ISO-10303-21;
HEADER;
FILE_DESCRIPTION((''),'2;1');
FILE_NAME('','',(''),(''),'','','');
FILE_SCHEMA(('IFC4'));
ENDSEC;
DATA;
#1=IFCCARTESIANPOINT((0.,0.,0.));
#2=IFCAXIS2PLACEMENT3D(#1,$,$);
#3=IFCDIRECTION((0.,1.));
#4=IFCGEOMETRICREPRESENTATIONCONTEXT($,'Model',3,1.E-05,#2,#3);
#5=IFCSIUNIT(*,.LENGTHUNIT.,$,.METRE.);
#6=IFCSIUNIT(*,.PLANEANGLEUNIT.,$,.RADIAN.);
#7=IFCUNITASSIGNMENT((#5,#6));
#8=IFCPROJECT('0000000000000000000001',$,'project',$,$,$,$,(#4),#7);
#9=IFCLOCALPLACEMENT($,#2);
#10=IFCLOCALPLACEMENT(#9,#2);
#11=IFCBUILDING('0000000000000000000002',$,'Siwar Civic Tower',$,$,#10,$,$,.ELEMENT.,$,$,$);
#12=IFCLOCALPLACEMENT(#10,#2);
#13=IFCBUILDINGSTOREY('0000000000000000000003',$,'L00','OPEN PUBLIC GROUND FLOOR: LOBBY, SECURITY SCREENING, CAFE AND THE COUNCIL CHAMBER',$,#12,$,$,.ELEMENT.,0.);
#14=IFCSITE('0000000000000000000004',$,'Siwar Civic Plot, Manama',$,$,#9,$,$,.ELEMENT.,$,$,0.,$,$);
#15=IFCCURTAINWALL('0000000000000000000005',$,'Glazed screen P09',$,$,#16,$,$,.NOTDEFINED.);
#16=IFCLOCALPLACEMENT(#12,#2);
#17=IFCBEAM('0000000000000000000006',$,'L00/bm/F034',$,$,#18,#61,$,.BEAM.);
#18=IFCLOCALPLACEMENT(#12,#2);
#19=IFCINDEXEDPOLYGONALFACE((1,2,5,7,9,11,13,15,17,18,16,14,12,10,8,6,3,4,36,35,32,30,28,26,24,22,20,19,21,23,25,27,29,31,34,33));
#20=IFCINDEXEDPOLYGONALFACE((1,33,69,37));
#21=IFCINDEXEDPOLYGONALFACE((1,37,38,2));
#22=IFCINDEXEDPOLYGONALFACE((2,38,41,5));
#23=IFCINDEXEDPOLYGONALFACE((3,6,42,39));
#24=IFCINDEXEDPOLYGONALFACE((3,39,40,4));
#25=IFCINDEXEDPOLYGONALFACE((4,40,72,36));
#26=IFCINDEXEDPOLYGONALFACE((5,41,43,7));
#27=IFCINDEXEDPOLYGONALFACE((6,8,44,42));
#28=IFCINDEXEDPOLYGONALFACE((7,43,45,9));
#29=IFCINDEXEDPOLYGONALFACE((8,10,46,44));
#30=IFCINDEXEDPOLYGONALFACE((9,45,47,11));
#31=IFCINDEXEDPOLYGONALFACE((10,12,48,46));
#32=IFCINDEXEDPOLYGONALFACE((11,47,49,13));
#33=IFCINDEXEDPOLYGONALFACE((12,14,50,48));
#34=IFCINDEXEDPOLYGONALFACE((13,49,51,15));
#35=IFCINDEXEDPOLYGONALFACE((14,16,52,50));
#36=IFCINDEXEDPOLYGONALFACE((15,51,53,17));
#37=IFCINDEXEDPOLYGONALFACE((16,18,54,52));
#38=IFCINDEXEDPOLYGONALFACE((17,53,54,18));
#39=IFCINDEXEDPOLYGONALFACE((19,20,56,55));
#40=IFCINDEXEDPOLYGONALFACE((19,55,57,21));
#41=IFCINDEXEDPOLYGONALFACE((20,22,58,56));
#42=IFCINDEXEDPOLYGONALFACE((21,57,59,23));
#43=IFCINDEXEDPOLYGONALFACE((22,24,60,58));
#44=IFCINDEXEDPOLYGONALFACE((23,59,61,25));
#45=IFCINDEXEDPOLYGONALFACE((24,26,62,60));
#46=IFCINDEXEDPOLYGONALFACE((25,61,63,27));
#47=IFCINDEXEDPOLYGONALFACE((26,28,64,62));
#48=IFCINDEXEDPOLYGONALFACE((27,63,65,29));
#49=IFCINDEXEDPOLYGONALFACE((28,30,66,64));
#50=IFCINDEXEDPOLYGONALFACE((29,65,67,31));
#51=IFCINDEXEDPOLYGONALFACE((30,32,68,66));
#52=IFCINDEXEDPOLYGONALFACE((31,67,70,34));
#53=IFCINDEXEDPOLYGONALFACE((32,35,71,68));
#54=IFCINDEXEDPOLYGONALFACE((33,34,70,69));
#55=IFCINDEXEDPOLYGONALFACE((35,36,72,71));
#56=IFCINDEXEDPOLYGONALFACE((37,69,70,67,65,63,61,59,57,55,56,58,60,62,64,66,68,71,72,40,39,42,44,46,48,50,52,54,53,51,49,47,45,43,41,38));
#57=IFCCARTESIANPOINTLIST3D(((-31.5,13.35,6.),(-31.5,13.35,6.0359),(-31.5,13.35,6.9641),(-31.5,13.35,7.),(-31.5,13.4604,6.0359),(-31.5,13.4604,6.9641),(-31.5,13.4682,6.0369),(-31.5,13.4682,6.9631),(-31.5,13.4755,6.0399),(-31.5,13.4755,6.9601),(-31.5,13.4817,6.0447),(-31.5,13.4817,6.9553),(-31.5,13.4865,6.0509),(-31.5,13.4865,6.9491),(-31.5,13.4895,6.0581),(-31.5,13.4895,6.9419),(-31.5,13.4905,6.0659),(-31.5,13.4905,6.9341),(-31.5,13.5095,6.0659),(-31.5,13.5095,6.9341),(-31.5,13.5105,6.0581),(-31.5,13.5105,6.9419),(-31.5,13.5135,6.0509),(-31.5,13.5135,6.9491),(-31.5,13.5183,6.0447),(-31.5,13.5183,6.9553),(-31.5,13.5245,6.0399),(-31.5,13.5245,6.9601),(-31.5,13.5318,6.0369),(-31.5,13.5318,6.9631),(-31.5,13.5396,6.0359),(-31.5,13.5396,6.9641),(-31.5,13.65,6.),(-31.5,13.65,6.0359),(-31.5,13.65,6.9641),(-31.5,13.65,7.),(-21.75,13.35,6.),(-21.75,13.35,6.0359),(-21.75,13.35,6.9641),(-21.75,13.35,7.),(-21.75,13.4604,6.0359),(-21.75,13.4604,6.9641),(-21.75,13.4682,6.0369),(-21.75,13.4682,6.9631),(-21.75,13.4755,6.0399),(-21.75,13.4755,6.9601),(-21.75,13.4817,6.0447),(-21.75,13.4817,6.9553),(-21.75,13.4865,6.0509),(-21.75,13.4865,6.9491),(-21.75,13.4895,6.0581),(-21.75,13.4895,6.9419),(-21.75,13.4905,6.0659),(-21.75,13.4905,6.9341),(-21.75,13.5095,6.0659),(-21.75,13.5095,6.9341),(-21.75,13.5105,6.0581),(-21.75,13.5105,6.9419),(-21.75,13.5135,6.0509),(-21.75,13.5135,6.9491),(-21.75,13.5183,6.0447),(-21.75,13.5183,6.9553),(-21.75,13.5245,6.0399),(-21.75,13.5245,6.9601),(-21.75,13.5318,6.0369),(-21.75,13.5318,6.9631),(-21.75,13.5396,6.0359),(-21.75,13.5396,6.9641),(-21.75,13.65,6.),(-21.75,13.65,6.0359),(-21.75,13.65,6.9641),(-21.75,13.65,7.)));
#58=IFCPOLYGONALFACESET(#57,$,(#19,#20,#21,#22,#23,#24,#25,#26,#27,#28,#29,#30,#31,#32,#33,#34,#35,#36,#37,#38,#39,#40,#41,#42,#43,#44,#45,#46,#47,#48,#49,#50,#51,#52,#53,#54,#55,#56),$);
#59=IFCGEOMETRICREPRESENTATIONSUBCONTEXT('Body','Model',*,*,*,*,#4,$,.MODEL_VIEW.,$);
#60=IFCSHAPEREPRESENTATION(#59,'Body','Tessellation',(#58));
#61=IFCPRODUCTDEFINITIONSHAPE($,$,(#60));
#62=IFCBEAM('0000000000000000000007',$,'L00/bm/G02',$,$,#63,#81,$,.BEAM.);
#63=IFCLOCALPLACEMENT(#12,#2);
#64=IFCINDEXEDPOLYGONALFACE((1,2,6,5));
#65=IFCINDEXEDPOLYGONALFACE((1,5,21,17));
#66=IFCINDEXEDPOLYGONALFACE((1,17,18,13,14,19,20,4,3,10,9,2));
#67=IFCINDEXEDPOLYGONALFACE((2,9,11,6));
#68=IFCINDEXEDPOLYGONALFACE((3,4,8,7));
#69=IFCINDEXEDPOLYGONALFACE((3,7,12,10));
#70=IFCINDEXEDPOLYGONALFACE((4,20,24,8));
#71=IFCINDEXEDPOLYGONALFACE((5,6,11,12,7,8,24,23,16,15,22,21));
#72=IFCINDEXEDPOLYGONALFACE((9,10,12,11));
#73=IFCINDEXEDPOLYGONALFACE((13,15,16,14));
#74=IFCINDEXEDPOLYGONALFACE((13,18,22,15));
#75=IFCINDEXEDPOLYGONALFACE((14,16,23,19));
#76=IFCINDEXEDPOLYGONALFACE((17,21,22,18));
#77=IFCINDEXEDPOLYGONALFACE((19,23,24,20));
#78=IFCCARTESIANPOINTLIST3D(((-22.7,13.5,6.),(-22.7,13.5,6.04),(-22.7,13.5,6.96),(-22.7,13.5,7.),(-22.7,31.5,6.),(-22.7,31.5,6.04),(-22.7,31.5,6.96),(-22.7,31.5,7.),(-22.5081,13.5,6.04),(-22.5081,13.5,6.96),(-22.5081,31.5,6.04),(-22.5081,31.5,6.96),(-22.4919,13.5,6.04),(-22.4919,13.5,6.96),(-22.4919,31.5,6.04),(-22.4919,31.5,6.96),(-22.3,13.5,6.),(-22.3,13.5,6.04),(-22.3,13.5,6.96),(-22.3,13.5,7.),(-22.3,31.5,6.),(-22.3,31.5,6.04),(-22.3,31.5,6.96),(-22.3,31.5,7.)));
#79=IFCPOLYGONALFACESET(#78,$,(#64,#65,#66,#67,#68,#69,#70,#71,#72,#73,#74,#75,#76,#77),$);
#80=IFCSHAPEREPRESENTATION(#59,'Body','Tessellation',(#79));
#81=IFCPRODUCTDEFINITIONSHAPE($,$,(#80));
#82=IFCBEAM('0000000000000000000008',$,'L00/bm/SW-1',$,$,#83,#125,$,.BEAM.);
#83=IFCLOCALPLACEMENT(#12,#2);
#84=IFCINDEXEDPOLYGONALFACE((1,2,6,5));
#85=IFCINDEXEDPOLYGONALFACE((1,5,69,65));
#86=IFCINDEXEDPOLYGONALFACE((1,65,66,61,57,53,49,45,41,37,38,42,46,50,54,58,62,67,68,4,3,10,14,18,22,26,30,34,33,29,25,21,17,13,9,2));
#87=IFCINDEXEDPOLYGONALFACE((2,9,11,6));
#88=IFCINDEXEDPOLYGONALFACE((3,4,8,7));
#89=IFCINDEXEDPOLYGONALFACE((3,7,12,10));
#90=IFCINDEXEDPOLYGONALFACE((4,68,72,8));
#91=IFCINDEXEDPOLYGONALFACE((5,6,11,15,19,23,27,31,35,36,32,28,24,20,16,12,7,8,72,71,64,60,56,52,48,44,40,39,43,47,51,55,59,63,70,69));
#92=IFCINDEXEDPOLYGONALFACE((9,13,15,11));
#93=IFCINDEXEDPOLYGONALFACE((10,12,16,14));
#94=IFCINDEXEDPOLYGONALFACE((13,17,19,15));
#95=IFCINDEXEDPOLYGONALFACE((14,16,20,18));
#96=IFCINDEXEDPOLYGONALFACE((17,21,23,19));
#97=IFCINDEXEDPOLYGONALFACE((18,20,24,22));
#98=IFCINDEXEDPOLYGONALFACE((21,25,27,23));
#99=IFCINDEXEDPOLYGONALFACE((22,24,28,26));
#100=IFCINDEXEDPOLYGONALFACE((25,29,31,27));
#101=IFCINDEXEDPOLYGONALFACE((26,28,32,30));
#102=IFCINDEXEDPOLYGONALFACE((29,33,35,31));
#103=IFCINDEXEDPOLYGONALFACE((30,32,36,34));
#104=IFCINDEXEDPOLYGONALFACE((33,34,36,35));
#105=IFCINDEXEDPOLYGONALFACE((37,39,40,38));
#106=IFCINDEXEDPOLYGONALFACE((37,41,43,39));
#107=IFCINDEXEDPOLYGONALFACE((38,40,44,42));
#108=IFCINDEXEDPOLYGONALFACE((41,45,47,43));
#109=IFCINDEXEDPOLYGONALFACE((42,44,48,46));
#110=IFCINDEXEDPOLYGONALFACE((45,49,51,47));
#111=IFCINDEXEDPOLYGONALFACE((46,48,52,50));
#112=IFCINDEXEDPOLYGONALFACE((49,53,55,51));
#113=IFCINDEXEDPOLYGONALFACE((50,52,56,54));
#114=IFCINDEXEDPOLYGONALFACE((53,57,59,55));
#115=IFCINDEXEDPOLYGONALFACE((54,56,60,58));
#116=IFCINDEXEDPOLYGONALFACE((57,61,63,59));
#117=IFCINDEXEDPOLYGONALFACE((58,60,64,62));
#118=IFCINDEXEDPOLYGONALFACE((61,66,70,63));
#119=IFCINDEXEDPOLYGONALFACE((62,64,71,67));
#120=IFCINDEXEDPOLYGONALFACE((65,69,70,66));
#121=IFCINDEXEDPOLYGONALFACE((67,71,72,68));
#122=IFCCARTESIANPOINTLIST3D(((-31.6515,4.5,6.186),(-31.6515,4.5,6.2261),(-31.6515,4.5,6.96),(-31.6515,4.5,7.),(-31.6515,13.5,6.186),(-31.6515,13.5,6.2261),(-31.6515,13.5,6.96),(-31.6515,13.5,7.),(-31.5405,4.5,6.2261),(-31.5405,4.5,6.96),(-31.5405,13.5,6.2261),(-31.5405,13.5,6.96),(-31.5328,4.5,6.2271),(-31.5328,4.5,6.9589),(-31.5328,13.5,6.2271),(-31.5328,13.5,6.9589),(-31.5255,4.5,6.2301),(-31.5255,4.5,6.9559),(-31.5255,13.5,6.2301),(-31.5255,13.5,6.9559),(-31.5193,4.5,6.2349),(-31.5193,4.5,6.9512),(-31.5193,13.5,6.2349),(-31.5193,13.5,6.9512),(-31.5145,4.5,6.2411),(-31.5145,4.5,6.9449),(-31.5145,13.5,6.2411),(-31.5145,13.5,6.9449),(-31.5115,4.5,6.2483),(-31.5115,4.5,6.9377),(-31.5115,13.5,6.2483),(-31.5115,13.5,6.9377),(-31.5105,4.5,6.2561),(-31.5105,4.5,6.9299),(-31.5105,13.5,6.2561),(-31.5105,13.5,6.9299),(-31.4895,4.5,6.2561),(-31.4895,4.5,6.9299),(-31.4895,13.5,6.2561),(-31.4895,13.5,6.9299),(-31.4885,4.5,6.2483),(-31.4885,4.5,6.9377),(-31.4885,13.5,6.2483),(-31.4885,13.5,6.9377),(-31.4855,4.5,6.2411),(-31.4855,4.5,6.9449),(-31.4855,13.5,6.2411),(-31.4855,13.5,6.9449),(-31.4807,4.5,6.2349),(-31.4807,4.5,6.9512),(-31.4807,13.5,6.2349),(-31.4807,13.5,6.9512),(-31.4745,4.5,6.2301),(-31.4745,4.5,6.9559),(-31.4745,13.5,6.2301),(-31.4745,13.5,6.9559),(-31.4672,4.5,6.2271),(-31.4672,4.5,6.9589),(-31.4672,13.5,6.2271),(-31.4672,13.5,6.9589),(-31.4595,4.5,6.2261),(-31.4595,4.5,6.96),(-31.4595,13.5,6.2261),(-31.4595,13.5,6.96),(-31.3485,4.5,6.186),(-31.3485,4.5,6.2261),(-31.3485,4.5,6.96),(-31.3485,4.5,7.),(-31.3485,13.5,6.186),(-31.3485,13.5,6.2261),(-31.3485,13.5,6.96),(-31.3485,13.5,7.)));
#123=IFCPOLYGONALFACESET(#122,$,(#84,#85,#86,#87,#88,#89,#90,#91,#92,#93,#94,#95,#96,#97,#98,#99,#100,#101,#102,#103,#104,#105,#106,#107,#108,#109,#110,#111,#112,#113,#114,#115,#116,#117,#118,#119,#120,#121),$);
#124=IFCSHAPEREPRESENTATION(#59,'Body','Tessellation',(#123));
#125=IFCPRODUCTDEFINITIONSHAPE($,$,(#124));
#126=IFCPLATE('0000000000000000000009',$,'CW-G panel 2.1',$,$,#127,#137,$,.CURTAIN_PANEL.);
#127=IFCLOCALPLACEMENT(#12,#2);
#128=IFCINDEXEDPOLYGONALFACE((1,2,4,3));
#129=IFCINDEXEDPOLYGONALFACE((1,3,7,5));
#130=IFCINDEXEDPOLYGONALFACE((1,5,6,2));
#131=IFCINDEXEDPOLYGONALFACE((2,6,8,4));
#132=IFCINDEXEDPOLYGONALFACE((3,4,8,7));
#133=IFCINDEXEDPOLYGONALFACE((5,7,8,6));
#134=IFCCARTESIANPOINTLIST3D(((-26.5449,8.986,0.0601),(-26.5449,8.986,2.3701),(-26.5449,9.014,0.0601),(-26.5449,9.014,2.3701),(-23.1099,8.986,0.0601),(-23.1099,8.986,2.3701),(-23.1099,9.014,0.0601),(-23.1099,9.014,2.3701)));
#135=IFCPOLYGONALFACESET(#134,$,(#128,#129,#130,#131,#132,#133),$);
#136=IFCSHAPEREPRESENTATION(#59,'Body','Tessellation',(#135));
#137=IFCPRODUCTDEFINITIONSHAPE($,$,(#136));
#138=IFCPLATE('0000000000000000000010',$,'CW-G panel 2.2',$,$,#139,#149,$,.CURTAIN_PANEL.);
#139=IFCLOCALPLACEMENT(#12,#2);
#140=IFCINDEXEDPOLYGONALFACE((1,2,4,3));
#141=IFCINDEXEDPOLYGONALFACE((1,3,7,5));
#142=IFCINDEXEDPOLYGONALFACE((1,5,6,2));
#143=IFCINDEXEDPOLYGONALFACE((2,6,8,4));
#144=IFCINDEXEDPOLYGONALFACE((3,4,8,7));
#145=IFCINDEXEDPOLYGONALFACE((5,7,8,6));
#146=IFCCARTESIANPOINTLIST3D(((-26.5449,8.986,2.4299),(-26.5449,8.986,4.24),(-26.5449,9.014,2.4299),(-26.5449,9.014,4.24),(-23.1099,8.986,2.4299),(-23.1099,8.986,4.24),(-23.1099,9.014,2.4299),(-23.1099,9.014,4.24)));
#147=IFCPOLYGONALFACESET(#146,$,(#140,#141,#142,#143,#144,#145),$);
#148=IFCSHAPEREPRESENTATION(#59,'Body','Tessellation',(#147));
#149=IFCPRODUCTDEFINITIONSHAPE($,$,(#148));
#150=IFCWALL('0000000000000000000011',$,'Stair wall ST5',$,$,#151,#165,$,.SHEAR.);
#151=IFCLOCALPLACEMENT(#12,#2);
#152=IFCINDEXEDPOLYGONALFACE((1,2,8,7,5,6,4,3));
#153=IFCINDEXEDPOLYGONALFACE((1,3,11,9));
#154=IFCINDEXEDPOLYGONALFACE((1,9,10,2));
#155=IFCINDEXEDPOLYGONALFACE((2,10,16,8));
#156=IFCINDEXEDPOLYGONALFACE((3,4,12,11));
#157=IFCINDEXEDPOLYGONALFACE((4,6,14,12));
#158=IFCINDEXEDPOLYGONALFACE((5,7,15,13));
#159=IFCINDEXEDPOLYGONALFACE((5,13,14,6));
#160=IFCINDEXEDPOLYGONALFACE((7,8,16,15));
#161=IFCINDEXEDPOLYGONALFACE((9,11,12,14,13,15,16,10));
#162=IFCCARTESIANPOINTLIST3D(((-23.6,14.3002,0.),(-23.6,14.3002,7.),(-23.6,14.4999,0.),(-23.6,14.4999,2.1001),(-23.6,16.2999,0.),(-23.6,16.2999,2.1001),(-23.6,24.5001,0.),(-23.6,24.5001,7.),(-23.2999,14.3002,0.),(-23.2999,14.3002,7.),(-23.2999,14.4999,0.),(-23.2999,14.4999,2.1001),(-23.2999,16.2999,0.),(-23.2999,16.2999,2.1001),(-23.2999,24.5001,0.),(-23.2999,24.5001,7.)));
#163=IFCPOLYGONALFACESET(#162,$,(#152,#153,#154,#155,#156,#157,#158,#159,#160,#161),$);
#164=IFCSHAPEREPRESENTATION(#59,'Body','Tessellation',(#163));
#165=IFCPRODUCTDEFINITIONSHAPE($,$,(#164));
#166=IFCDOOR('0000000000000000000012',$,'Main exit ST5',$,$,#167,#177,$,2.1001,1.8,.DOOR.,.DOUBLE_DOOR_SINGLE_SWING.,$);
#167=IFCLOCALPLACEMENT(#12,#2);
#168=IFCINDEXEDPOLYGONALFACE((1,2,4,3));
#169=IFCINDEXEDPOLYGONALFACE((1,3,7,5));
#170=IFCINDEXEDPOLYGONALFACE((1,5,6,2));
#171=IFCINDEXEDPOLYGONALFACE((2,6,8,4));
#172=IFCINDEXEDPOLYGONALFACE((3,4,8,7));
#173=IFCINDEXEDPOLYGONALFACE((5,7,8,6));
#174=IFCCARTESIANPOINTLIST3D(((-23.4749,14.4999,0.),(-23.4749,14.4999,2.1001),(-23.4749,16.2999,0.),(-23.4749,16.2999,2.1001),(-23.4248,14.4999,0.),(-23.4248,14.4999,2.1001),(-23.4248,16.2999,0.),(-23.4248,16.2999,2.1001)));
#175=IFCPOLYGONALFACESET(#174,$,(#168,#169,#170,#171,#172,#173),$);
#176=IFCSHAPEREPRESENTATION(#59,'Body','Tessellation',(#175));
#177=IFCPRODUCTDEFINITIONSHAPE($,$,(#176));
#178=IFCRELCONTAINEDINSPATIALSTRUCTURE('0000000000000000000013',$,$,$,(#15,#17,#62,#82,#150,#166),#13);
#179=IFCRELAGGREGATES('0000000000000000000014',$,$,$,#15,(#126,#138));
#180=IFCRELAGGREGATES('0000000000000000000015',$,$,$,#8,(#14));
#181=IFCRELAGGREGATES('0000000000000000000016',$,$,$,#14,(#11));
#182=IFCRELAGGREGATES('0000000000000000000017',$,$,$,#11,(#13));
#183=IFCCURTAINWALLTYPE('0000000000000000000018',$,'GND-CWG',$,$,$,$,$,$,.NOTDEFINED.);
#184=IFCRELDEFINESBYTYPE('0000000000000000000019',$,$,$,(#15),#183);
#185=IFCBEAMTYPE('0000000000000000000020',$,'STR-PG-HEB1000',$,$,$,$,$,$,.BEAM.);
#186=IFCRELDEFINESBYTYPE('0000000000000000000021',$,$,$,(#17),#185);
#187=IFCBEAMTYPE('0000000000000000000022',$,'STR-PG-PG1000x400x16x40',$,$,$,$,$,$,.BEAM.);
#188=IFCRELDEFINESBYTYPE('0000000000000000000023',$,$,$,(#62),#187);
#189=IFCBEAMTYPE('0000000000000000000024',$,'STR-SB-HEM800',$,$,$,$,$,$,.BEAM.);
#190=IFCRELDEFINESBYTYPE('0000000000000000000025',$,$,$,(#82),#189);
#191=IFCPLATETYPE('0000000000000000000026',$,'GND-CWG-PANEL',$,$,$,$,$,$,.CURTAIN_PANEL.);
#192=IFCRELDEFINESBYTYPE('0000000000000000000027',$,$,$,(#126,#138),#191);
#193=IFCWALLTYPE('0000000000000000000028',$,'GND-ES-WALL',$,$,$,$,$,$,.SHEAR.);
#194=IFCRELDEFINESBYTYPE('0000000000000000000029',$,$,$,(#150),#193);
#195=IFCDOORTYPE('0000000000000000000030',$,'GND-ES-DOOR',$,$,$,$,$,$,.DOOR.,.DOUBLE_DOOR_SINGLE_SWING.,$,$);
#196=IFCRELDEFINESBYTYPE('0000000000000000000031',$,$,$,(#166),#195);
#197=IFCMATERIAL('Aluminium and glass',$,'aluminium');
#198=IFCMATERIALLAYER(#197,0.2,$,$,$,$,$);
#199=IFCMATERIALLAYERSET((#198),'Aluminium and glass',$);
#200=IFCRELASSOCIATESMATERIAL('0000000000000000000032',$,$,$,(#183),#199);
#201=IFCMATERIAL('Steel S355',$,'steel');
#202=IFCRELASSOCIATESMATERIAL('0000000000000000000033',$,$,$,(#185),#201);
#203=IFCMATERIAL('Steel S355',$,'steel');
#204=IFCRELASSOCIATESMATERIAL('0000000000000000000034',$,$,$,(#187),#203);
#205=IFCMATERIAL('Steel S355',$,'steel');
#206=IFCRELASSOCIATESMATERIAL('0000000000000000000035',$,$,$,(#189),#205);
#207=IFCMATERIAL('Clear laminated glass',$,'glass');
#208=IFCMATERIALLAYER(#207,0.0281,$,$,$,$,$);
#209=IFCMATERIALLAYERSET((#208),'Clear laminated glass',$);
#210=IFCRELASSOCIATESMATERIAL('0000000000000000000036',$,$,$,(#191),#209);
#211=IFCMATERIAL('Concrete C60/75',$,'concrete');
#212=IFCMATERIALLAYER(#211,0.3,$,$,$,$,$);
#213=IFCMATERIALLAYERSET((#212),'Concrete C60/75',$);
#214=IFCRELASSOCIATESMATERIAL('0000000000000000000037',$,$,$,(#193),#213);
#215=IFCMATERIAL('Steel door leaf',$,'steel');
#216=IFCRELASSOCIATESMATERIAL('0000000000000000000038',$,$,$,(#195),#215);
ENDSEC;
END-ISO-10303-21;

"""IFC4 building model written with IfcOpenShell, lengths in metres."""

from ifc_helpers import new_model, si_unit, direction, frame, frame_2d, origin, origin_2d, place, context, subcontext, project, spatial, rectangle, i_section, extrude, material, layer, layer_set, material_profile, profile_set, type_object, element, fill, aggregate, save


model = new_model("IFC4")

# Units and contexts
model_context = context("Model", 3, precision=1e-05, world=origin(), true_north=direction((0.0, 1.0)))
body_context = subcontext(model_context, "Body", "Model", "MODEL_VIEW")
ifc_project = project(units=[si_unit("LENGTHUNIT", "METRE"), si_unit("PLANEANGLEUNIT", "RADIAN")], contexts=[model_context])

# Site, building, storey
site_placement = place(None, origin())
site = spatial("IfcSite", under=ifc_project, at=site_placement, Name="Siwar Civic Plot, Manama", CompositionType="ELEMENT", RefElevation=0.0)
building_placement = place(site_placement, origin())
building = spatial("IfcBuilding", under=site, at=building_placement, Name="Siwar Civic Tower", CompositionType="ELEMENT")
storey_placement = place(building_placement, origin())
storey = spatial("IfcBuildingStorey", under=building, at=storey_placement, Name="L00", Description="OPEN PUBLIC GROUND FLOOR: LOBBY, SECURITY SCREENING, CAFE AND THE COUNCIL CHAMBER", CompositionType="ELEMENT", Elevation=0.0)

# Curtain wall
ifc_material_1 = material(Name="Aluminium and glass", Category="aluminium")
ifc_layer_1 = layer(ifc_material_1, 0.2)
ifc_layer_set_1 = layer_set([ifc_layer_1], Name="Aluminium and glass")
curtain_wall_type = type_object("IfcCurtainWallType", Name="GND-CWG", PredefinedType="NOTDEFINED", material=ifc_layer_set_1)
curtain_wall_placement = place(storey_placement, origin())
curtain_wall = element("IfcCurtainWall", 1, at=curtain_wall_placement, inside=storey, type_object=curtain_wall_type, Name="Glazed screen P09", PredefinedType="NOTDEFINED")

# Beams
ifc_material_2 = material(Name="Steel S355", Category="steel")
ifc_material_profile_1 = material_profile(ifc_material_2, i_section(OverallWidth=0.3, OverallDepth=1.0, WebThickness=0.019, FlangeThickness=0.0359, FilletRadius=0.03, at=origin_2d()), Name="HEB1000")
ifc_profile_set_1 = profile_set([ifc_material_profile_1], Name="Steel S355")
beam_type_1 = type_object("IfcBeamType", Name="STR-PG-HEB1000", PredefinedType="BEAM", material=ifc_profile_set_1)
beam_1_placement = place(storey_placement, frame((-31.5, 13.5, 6.5), z_axis=(1.0, 0.0, 0.0), x_axis=(0.0, 1.0, 0.0)))
element("IfcBeam", 2, at=beam_1_placement, inside=storey, type_object=beam_type_1, Name="L00/bm/F034", PredefinedType="BEAM", context=body_context, shape_type="SweptSolid", body=[
    extrude(i_section(OverallWidth=0.3, OverallDepth=1.0, WebThickness=0.019, FlangeThickness=0.0359, FilletRadius=0.03, at=origin_2d()), origin(), (0.0, 0.0, 1.0), 9.75),
])
ifc_material_3 = material(Name="Steel S355", Category="steel")
ifc_material_profile_2 = material_profile(ifc_material_3, i_section(OverallWidth=0.3999, OverallDepth=1.0, WebThickness=0.0161, FlangeThickness=0.04, at=origin_2d()), Name="PG1000x400x16x40")
ifc_profile_set_2 = profile_set([ifc_material_profile_2], Name="Steel S355")
beam_type_2 = type_object("IfcBeamType", Name="STR-PG-PG1000x400x16x40", PredefinedType="BEAM", material=ifc_profile_set_2)
beam_2_placement = place(storey_placement, frame((-22.5, 13.5, 6.5), z_axis=(0.0, 1.0, 0.0), x_axis=(-1.0, 0.0, 0.0)))
element("IfcBeam", 3, at=beam_2_placement, inside=storey, type_object=beam_type_2, Name="L00/bm/G02", PredefinedType="BEAM", context=body_context, shape_type="SweptSolid", body=[
    extrude(i_section(OverallWidth=0.3999, OverallDepth=1.0, WebThickness=0.0161, FlangeThickness=0.04, at=origin_2d()), origin(), (0.0, 0.0, 1.0), 18.0),
])
ifc_material_4 = material(Name="Steel S355", Category="steel")
ifc_material_profile_3 = material_profile(ifc_material_4, i_section(OverallWidth=0.303, OverallDepth=0.814, WebThickness=0.021, FlangeThickness=0.04, FilletRadius=0.03, at=origin_2d()), Name="HEM800")
ifc_profile_set_3 = profile_set([ifc_material_profile_3], Name="Steel S355")
beam_type_3 = type_object("IfcBeamType", Name="STR-SB-HEM800", PredefinedType="BEAM", material=ifc_profile_set_3)
beam_3_placement = place(storey_placement, frame((-31.5, 13.5, 6.593), z_axis=(0.0, -1.0, 0.0), x_axis=(1.0, 0.0, 0.0)))
element("IfcBeam", 4, at=beam_3_placement, inside=storey, type_object=beam_type_3, Name="L00/bm/SW-1", PredefinedType="BEAM", context=body_context, shape_type="SweptSolid", body=[
    extrude(i_section(OverallWidth=0.303, OverallDepth=0.814, WebThickness=0.021, FlangeThickness=0.04, FilletRadius=0.03, at=origin_2d()), origin(), (0.0, 0.0, 1.0), 9.0),
])

# Plates
ifc_material_5 = material(Name="Clear laminated glass", Category="glass")
ifc_layer_2 = layer(ifc_material_5, 0.0281)
ifc_layer_set_2 = layer_set([ifc_layer_2], Name="Clear laminated glass")
plate_type = type_object("IfcPlateType", Name="GND-CWG-PANEL", PredefinedType="CURTAIN_PANEL", material=ifc_layer_set_2)
plate_1_placement = place(storey_placement, frame((-24.8274, 9.0, 0.0601), z_axis=(0.0, 0.0, 1.0), x_axis=(1.0, 0.0, 0.0)))
plate_1 = element("IfcPlate", 5, at=plate_1_placement, type_object=plate_type, Name="CW-G panel 2.1", PredefinedType="CURTAIN_PANEL", context=body_context, shape_type="SweptSolid", body=[
    extrude(rectangle(XDim=3.4351, YDim=0.0281, at=origin_2d()), origin(), (0.0, 0.0, 1.0), 2.3101),
])
plate_2_placement = place(storey_placement, frame((-24.8274, 9.0, 2.4299), z_axis=(0.0, 0.0, 1.0), x_axis=(1.0, 0.0, 0.0)))
plate_2 = element("IfcPlate", 6, at=plate_2_placement, type_object=plate_type, Name="CW-G panel 2.2", PredefinedType="CURTAIN_PANEL", context=body_context, shape_type="SweptSolid", body=[
    extrude(rectangle(XDim=3.4351, YDim=0.0281, at=origin_2d()), origin(), (0.0, 0.0, 1.0), 1.8101),
])
aggregate(curtain_wall, [plate_1, plate_2])

# Wall, opening, door
ifc_material_6 = material(Name="Concrete C60/75", Category="concrete")
ifc_layer_3 = layer(ifc_material_6, 0.3)
ifc_layer_set_3 = layer_set([ifc_layer_3], Name="Concrete C60/75")
wall_type_1 = type_object("IfcWallType", Name="GND-ES-WALL", PredefinedType="SHEAR", material=ifc_layer_set_3)
wall_1_placement = place(storey_placement, frame((-23.45, 14.3, 0.0), z_axis=(0.0, 0.0, 1.0), x_axis=(0.0, 1.0, 0.0)))
wall_1 = element("IfcWall", 7, at=wall_1_placement, inside=storey, type_object=wall_type_1, Name="Stair wall ST5", PredefinedType="SHEAR", context=body_context, shape_type="SweptSolid", body=[
    extrude(rectangle(XDim=10.2, YDim=0.3, at=frame_2d((5.1001, 0.0))), origin(), (0.0, 0.0, 1.0), 7.0),
])
opening_1_placement = place(wall_1_placement, frame((0.2, 0.0, 0.0)))
opening_1 = element("IfcOpeningElement", 8, at=opening_1_placement, cuts=wall_1, PredefinedType="OPENING", context=body_context, shape_type="SweptSolid", body=[
    extrude(rectangle(XDim=1.8, YDim=2.1001, at=frame_2d((0.8999, 1.05))), frame((0.0, 0.1602, 0.0), z_axis=(0.0, -1.0, 0.0), x_axis=(1.0, 0.0, 0.0)), (0.0, 0.0, 1.0), 0.3201),
])
ifc_material_7 = material(Name="Steel door leaf", Category="steel")
door_type_1 = type_object("IfcDoorType", Name="GND-ES-DOOR", OperationType="DOUBLE_DOOR_SINGLE_SWING", PredefinedType="DOOR", material=ifc_material_7)
door_1_placement = place(opening_1_placement, frame((1.8, 0.0, 0.0), z_axis=(0.0, 0.0, 1.0), x_axis=(-1.0, 0.0, 0.0)))
door_1 = element("IfcDoor", 9, at=door_1_placement, inside=storey, type_object=door_type_1, Name="Main exit ST5", OperationType="DOUBLE_DOOR_SINGLE_SWING", OverallHeight=2.1001, OverallWidth=1.8, PredefinedType="DOOR", context=body_context, shape_type="SweptSolid", body=[
    extrude(rectangle(XDim=1.8, YDim=2.1001, at=frame_2d((0.9001, 1.05))), frame((0.0, 0.0251, 0.0), z_axis=(0.0, -1.0, 0.0), x_axis=(1.0, 0.0, 0.0)), (0.0, 0.0, 1.0), 0.05),
])
fill(opening_1, door_1)

save(model, "model.ifc")
